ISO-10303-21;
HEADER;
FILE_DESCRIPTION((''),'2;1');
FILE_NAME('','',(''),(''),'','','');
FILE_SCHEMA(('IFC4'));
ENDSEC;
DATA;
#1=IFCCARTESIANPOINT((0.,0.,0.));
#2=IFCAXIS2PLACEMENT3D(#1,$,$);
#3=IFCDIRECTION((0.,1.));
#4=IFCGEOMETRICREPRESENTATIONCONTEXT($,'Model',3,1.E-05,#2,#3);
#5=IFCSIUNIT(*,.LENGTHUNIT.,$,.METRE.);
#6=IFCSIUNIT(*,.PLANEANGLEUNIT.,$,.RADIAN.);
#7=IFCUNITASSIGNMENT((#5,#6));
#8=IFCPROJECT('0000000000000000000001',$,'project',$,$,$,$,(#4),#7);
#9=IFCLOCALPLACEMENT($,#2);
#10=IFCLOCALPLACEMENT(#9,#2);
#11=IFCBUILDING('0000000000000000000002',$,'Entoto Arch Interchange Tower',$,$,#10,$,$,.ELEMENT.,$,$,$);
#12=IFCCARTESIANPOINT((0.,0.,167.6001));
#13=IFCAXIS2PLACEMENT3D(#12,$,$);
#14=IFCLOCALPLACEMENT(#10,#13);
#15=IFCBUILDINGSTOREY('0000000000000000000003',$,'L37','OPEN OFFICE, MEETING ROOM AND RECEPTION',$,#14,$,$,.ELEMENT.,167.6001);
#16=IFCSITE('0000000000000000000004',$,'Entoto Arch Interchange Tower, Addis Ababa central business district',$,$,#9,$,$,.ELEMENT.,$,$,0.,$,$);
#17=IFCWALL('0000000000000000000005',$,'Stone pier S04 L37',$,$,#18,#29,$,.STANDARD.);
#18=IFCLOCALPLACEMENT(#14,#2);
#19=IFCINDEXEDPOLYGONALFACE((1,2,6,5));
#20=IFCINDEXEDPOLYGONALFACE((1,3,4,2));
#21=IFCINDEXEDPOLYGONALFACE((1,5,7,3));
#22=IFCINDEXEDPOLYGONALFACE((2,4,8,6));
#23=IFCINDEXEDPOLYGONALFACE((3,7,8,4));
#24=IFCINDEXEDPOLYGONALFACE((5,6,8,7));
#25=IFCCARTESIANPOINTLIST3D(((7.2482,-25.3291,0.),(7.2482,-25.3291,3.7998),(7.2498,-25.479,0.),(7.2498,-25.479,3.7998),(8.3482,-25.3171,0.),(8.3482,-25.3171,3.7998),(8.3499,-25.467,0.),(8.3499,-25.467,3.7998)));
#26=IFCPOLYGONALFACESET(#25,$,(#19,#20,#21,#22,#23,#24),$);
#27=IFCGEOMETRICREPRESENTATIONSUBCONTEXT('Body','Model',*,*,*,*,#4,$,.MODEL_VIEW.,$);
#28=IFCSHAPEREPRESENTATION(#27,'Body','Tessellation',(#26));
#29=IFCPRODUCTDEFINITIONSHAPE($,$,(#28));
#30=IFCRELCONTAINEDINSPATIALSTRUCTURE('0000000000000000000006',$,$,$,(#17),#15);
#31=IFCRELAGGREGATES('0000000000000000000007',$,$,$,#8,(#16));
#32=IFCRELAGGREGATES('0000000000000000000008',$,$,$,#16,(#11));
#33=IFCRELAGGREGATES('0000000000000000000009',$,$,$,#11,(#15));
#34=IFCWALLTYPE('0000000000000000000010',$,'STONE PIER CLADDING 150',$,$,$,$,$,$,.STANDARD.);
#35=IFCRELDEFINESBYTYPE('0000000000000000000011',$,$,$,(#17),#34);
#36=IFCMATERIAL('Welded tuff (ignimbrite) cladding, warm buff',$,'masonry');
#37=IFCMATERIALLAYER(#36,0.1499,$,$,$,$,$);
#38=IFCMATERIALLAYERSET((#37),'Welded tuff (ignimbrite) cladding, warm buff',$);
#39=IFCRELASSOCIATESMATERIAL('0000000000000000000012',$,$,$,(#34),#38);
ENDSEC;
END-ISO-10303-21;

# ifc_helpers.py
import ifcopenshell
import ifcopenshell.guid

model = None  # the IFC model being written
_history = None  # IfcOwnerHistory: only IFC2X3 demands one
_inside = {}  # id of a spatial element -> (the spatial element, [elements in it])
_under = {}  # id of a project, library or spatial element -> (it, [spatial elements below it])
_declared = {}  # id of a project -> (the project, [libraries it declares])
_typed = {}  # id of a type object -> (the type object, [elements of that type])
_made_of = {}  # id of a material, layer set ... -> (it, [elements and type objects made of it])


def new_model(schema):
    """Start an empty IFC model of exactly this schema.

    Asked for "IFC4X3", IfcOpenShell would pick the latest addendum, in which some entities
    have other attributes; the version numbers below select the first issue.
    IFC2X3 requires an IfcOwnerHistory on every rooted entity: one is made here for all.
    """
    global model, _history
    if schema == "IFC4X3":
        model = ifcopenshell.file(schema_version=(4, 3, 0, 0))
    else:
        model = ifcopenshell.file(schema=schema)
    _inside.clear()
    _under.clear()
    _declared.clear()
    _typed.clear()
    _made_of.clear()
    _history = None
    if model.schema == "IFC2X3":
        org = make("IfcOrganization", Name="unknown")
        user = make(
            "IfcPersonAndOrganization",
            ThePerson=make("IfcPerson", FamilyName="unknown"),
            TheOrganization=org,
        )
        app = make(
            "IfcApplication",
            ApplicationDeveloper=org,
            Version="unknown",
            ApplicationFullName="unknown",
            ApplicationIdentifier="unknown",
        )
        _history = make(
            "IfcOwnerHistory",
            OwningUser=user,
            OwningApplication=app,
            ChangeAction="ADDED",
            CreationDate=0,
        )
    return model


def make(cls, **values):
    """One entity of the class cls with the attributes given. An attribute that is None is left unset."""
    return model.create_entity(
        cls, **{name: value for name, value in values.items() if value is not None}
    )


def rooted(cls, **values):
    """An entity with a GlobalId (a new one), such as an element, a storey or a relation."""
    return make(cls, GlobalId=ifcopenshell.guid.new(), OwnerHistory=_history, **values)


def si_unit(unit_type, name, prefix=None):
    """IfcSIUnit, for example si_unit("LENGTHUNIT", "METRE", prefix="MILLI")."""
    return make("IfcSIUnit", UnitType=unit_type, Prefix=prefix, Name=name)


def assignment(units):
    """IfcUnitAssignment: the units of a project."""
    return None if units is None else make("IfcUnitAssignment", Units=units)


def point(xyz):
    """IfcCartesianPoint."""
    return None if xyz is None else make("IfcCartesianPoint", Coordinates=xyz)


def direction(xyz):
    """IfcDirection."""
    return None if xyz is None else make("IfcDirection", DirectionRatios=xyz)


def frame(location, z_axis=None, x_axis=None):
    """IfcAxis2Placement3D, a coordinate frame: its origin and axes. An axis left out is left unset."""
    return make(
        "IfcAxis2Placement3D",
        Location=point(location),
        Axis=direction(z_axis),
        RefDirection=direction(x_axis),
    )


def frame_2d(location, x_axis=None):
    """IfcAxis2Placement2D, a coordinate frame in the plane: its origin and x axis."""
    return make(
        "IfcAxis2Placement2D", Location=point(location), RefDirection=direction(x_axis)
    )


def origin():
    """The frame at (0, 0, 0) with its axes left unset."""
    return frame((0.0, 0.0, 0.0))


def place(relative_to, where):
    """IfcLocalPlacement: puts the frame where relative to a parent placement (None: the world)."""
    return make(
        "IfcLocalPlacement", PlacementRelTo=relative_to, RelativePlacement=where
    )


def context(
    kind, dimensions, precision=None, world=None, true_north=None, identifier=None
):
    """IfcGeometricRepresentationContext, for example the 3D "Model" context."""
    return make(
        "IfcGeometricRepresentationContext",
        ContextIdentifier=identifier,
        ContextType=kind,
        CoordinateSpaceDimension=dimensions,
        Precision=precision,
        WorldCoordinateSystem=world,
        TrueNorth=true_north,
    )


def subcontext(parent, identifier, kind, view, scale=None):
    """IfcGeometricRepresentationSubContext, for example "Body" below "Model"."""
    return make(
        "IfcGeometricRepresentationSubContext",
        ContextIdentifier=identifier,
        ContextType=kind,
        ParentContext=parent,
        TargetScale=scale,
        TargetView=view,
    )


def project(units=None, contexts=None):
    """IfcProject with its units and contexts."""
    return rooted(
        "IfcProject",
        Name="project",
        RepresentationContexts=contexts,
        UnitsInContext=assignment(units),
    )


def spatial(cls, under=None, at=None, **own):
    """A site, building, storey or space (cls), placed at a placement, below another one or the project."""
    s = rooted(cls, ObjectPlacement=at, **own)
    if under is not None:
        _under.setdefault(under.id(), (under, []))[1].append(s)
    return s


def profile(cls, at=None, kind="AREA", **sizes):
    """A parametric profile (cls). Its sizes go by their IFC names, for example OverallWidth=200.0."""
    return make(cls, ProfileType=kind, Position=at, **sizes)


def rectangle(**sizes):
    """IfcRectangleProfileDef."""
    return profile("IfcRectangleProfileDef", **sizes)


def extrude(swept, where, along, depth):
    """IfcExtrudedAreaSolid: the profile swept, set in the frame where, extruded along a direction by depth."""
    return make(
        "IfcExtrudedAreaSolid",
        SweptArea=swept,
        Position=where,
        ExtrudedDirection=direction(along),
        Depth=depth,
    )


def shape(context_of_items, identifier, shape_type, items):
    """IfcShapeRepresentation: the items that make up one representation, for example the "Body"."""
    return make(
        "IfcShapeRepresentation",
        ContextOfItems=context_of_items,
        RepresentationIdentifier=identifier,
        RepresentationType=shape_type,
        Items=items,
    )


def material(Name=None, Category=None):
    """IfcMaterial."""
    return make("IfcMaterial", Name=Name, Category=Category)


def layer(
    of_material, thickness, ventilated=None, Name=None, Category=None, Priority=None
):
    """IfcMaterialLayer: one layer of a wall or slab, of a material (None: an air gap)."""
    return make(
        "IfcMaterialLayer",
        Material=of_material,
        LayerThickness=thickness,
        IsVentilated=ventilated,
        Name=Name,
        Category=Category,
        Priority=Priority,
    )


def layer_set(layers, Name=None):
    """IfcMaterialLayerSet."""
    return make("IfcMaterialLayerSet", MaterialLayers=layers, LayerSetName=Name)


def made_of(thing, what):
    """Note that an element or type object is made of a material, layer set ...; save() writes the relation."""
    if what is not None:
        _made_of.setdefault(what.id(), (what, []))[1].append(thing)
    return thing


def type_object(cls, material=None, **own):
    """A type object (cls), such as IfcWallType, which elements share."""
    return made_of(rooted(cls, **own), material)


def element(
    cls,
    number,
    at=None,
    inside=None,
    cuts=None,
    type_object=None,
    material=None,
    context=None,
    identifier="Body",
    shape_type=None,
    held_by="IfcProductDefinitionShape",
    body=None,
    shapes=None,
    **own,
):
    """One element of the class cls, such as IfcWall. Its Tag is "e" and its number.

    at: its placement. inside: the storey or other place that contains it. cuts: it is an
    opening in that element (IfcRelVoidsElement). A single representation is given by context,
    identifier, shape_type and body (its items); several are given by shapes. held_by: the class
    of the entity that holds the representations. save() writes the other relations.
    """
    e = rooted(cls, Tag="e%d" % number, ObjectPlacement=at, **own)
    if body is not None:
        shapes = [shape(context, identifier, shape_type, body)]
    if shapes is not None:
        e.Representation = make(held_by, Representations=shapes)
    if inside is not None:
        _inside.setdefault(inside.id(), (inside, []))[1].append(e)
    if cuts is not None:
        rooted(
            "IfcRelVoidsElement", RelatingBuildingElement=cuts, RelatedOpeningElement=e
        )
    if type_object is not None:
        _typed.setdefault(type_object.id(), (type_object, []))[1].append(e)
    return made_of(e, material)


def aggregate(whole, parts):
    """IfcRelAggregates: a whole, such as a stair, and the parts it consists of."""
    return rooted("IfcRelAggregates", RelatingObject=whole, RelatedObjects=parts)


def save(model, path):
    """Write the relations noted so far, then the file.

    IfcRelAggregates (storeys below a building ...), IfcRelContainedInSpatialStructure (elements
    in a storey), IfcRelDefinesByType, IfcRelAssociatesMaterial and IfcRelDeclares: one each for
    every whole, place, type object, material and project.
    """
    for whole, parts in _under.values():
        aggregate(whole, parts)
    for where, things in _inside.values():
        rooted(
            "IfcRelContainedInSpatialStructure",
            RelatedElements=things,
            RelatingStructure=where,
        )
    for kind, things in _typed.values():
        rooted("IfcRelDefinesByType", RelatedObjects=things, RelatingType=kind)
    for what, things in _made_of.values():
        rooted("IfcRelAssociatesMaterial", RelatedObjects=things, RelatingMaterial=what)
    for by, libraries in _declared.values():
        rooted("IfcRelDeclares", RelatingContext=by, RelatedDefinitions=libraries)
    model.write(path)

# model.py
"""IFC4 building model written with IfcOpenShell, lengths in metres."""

from ifc_helpers import new_model, si_unit, direction, frame, frame_2d, origin, place, context, subcontext, project, spatial, rectangle, extrude, material, layer, layer_set, type_object, element, save


model = new_model("IFC4")

# Units and contexts
model_context = context("Model", 3, precision=1e-05, world=origin(), true_north=direction((0.0, 1.0)))
body_context = subcontext(model_context, "Body", "Model", "MODEL_VIEW")
ifc_project = project(units=[si_unit("LENGTHUNIT", "METRE"), si_unit("PLANEANGLEUNIT", "RADIAN")], contexts=[model_context])

# Site, building, storey
site_placement = place(None, origin())
site = spatial("IfcSite", under=ifc_project, at=site_placement, Name="Entoto Arch Interchange Tower, Addis Ababa central business district", CompositionType="ELEMENT", RefElevation=0.0)
building_placement = place(site_placement, origin())
building = spatial("IfcBuilding", under=site, at=building_placement, Name="Entoto Arch Interchange Tower", CompositionType="ELEMENT")
storey_placement = place(building_placement, frame((0.0, 0.0, 167.6001)))
storey = spatial("IfcBuildingStorey", under=building, at=storey_placement, Name="L37", Description="OPEN OFFICE, MEETING ROOM AND RECEPTION", CompositionType="ELEMENT", Elevation=167.6001)

# Shared definitions
ifc_material_1 = material(Name="Welded tuff (ignimbrite) cladding, warm buff", Category="masonry")

# Wall
ifc_layer_1 = layer(ifc_material_1, 0.1499)
ifc_layer_set_1 = layer_set([ifc_layer_1], Name="Welded tuff (ignimbrite) cladding, warm buff")
wall_type_1 = type_object("IfcWallType", Name="STONE PIER CLADDING 150", PredefinedType="STANDARD", material=ifc_layer_set_1)
wall_1_placement = place(storey_placement, frame((7.249, -25.4041, 0.0), z_axis=(0.0, 0.0, 1.0), x_axis=(0.999941, 0.010874, 0.0)))
element("IfcWall", 1, at=wall_1_placement, inside=storey, type_object=wall_type_1, Name="Stone pier S04 L37", PredefinedType="STANDARD", context=body_context, shape_type="SweptSolid", body=[
    extrude(rectangle(XDim=1.1001, YDim=0.1499, at=frame_2d((0.55, 0.0))), origin(), (0.0, 0.0, 1.0), 3.7998),
])

save(model, "model.ifc")
